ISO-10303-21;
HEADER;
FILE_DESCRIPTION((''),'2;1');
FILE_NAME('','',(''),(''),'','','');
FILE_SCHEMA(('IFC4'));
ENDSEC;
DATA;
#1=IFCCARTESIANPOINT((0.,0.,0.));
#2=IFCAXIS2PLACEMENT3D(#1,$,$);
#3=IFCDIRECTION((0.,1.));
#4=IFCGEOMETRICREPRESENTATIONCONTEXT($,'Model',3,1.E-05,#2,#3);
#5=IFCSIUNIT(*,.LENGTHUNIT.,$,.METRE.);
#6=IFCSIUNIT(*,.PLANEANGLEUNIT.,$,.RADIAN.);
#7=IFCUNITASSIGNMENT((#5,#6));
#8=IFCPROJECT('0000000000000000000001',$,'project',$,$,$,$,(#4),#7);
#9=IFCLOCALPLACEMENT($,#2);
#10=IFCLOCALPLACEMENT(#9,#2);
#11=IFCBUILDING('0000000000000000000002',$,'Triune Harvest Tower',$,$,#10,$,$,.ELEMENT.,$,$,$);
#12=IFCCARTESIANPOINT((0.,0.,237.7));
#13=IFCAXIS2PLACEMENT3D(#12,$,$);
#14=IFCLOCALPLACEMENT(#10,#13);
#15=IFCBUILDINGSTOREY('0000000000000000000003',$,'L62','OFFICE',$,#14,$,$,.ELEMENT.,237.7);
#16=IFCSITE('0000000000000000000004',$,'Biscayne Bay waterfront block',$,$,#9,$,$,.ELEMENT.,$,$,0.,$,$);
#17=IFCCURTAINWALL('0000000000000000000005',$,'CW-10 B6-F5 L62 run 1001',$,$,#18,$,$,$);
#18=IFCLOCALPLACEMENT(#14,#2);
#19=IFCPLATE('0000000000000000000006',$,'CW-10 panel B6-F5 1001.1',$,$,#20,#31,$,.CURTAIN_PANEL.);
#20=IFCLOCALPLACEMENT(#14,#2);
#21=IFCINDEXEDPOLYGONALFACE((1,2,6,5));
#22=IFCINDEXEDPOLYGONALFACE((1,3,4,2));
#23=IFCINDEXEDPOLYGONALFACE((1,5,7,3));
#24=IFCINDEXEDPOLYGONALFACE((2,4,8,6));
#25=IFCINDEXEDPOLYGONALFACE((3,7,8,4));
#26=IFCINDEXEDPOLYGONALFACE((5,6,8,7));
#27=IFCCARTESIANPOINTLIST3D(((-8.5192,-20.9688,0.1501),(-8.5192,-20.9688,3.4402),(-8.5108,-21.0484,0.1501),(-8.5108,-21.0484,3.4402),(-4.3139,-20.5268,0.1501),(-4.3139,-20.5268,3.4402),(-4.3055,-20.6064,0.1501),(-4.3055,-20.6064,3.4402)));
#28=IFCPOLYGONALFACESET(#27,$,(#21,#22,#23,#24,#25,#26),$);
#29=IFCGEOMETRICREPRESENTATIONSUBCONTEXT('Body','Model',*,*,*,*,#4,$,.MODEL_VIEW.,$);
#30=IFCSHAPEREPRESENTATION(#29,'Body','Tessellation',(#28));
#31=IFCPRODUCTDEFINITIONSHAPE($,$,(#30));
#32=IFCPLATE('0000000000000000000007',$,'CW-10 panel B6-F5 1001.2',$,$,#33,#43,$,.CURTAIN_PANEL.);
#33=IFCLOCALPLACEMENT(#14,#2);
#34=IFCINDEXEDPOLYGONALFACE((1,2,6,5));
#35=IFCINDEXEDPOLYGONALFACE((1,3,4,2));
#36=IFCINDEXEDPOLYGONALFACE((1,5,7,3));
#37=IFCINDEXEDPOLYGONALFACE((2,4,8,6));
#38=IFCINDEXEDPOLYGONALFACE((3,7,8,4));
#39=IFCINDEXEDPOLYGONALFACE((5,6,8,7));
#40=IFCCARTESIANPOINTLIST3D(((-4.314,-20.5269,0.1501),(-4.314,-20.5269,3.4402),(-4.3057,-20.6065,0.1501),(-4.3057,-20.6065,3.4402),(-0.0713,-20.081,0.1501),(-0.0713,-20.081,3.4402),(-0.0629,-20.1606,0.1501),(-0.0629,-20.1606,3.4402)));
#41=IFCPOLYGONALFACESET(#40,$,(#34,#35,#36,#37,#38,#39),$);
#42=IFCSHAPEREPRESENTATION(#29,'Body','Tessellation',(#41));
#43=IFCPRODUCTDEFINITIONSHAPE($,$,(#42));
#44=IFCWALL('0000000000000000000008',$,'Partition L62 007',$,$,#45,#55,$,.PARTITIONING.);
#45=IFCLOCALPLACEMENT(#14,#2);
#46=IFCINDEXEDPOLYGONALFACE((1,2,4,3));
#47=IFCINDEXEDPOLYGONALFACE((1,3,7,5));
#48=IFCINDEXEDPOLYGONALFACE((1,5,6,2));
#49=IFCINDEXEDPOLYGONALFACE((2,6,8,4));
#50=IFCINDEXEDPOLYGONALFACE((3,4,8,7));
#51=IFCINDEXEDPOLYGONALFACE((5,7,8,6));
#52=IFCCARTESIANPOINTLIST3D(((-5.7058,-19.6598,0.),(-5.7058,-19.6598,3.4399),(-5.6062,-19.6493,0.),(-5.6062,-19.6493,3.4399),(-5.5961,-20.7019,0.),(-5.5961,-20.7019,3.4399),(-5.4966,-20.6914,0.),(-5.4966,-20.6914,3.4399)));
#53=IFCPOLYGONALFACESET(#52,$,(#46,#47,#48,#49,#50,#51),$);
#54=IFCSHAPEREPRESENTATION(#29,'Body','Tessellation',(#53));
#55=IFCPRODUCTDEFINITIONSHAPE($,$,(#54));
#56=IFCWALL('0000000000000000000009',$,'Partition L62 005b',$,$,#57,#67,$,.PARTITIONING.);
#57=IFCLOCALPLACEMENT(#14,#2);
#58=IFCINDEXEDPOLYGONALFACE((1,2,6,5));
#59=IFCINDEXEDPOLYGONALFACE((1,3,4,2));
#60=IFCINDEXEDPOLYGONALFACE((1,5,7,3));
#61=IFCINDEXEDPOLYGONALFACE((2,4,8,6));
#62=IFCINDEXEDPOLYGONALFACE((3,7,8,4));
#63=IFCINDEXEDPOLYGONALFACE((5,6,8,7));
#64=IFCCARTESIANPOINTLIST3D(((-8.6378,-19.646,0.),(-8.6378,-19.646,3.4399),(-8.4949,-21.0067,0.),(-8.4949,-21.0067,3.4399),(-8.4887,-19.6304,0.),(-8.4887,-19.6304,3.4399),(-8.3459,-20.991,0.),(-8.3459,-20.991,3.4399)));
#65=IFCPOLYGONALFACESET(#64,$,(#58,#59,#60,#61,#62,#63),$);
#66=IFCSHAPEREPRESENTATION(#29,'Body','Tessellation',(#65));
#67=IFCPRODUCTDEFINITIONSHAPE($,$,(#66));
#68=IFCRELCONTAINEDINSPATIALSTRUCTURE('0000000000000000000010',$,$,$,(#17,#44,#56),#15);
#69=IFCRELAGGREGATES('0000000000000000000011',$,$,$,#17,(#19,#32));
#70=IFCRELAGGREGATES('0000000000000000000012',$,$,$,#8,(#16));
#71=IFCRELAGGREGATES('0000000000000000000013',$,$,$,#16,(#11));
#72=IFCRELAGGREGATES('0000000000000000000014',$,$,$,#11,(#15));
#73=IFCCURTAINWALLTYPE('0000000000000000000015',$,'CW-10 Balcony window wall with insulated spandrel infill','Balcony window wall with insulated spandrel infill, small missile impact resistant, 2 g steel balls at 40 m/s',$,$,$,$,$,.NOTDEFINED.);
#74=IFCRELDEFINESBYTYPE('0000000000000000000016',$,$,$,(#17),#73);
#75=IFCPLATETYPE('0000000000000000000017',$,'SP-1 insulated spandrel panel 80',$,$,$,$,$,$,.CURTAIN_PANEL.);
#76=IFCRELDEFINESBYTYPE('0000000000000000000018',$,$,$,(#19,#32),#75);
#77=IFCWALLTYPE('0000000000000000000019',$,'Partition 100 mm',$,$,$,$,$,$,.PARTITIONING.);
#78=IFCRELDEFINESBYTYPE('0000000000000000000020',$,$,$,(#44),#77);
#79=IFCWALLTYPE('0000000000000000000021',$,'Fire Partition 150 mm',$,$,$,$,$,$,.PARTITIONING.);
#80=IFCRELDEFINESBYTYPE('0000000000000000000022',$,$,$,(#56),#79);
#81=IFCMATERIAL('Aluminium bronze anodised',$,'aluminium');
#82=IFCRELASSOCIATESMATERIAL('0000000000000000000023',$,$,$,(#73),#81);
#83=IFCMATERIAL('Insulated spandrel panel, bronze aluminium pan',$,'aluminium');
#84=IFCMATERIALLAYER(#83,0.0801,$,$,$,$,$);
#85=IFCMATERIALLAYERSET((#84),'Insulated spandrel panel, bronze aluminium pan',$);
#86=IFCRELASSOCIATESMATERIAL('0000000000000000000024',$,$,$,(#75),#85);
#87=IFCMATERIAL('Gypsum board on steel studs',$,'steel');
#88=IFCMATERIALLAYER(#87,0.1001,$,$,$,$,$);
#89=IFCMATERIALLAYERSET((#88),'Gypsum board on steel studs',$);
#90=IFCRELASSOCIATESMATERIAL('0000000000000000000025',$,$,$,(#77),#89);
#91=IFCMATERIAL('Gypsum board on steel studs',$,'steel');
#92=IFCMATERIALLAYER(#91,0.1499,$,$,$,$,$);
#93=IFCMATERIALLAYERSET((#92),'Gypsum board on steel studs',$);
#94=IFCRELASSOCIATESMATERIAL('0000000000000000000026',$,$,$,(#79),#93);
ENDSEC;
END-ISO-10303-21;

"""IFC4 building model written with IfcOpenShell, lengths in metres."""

from ifc_helpers import new_model, si_unit, direction, frame, frame_2d, origin, origin_2d, place, context, subcontext, project, spatial, rectangle, extrude, source, transform, mapped, material, layer, layer_set, type_object, element, aggregate, save


model = new_model("IFC4")

# Units and contexts
model_context = context("Model", 3, precision=1e-05, world=origin(), true_north=direction((0.0, 1.0)))
body_context = subcontext(model_context, "Body", "Model", "MODEL_VIEW")
ifc_project = project(units=[si_unit("LENGTHUNIT", "METRE"), si_unit("PLANEANGLEUNIT", "RADIAN")], contexts=[model_context])

# Site, building, storey
site_placement = place(None, origin())
site = spatial("IfcSite", under=ifc_project, at=site_placement, Name="Biscayne Bay waterfront block", CompositionType="ELEMENT", RefElevation=0.0)
building_placement = place(site_placement, origin())
building = spatial("IfcBuilding", under=site, at=building_placement, Name="Triune Harvest Tower", CompositionType="ELEMENT")
storey_placement = place(building_placement, frame((0.0, 0.0, 237.7)))
storey = spatial("IfcBuildingStorey", under=building, at=storey_placement, Name="L62", Description="OFFICE", CompositionType="ELEMENT", Elevation=237.7)

# Curtain wall
ifc_material_1 = material(Name="Aluminium bronze anodised", Category="aluminium")
curtain_wall_type_1 = type_object("IfcCurtainWallType", Name="CW-10 Balcony window wall with insulated spandrel infill", Description="Balcony window wall with insulated spandrel infill, small missile impact resistant, 2 g steel balls at 40 m/s", PredefinedType="NOTDEFINED", material=ifc_material_1)
curtain_wall_1_placement = place(storey_placement, origin())
curtain_wall_1 = element("IfcCurtainWall", 1, at=curtain_wall_1_placement, inside=storey, type_object=curtain_wall_type_1, Name="CW-10 B6-F5 L62 run 1001")

# Plates
ifc_material_2 = material(Name="Insulated spandrel panel, bronze aluminium pan", Category="aluminium")
ifc_layer_1 = layer(ifc_material_2, 0.0801)
ifc_layer_set_1 = layer_set([ifc_layer_1], Name="Insulated spandrel panel, bronze aluminium pan")
plate_type_1 = type_object("IfcPlateType", Name="SP-1 insulated spandrel panel 80", PredefinedType="CURTAIN_PANEL", material=ifc_layer_set_1)
shared_shape_1 = source(origin(), body_context, "Body", "SweptSolid", [
    extrude(rectangle(XDim=4.2285, YDim=0.0801, at=origin_2d()), origin(), (0.0, 0.0, 1.0), 3.29),
])
plate_1_placement = place(storey_placement, frame((-6.4124, -20.7876, 0.1501), z_axis=(0.0, 0.0, 1.0), x_axis=(0.994521, 0.104533, 0.0)))
plate_1 = element("IfcPlate", 2, at=plate_1_placement, type_object=plate_type_1, Name="CW-10 panel B6-F5 1001.1", PredefinedType="CURTAIN_PANEL", context=body_context, shape_type="MappedRepresentation", body=[
    mapped(shared_shape_1, transform((0.0, 0.0, 0.0), scale=1.0)),
])
shared_shape_2 = source(origin(), body_context, "Body", "SweptSolid", [
    extrude(rectangle(XDim=4.2661, YDim=0.0801, at=origin_2d()), origin(), (0.0, 0.0, 1.0), 3.29),
])
plate_2_placement = place(storey_placement, frame((-2.1885, -20.3438, 0.1501), z_axis=(0.0, 0.0, 1.0), x_axis=(0.994521, 0.104533, 0.0)))
plate_2 = element("IfcPlate", 3, at=plate_2_placement, type_object=plate_type_1, Name="CW-10 panel B6-F5 1001.2", PredefinedType="CURTAIN_PANEL", context=body_context, shape_type="MappedRepresentation", body=[
    mapped(shared_shape_2, transform((0.0, 0.0, 0.0), scale=1.0)),
])
aggregate(curtain_wall_1, [plate_1, plate_2])

# Walls
ifc_material_3 = material(Name="Gypsum board on steel studs", Category="steel")
ifc_layer_2 = layer(ifc_material_3, 0.1001)
ifc_layer_set_2 = layer_set([ifc_layer_2], Name="Gypsum board on steel studs")
wall_type_1 = type_object("IfcWallType", Name="Partition 100 mm", PredefinedType="PARTITIONING", material=ifc_layer_set_2)
shared_shape_3 = source(origin(), body_context, "Body", "SweptSolid", [
    extrude(rectangle(XDim=1.0479, YDim=0.1001, at=frame_2d((0.5239, 0.0))), origin(), (0.0, 0.0, 1.0), 3.4399),
])
wall_1_placement = place(storey_placement, frame((-5.656, -19.6545, 0.0), z_axis=(0.0, 0.0, 1.0), x_axis=(0.104624, -0.994512, 0.0)))
element("IfcWall", 4, at=wall_1_placement, inside=storey, type_object=wall_type_1, Name="Partition L62 007", PredefinedType="PARTITIONING", context=body_context, shape_type="MappedRepresentation", body=[
    mapped(shared_shape_3, transform((0.0, 0.0, 0.0), scale=1.0)),
])
ifc_material_4 = material(Name="Gypsum board on steel studs", Category="steel")
ifc_layer_3 = layer(ifc_material_4, 0.1499)
ifc_layer_set_3 = layer_set([ifc_layer_3], Name="Gypsum board on steel studs")
wall_type_2 = type_object("IfcWallType", Name="Fire Partition 150 mm", PredefinedType="PARTITIONING", material=ifc_layer_set_3)
shared_shape_4 = source(origin(), body_context, "Body", "SweptSolid", [
    extrude(rectangle(XDim=1.3682, YDim=0.1499, at=frame_2d((0.6841, 0.0))), origin(), (0.0, 0.0, 1.0), 3.4399),
])
wall_2_placement = place(storey_placement, frame((-8.5632, -19.6382, 0.0), z_axis=(0.0, 0.0, 1.0), x_axis=(0.104397, -0.994536, 0.0)))
element("IfcWall", 5, at=wall_2_placement, inside=storey, type_object=wall_type_2, Name="Partition L62 005b", PredefinedType="PARTITIONING", context=body_context, shape_type="MappedRepresentation", body=[
    mapped(shared_shape_4, transform((0.0, 0.0, 0.0), scale=1.0)),
])

save(model, "model.ifc")
